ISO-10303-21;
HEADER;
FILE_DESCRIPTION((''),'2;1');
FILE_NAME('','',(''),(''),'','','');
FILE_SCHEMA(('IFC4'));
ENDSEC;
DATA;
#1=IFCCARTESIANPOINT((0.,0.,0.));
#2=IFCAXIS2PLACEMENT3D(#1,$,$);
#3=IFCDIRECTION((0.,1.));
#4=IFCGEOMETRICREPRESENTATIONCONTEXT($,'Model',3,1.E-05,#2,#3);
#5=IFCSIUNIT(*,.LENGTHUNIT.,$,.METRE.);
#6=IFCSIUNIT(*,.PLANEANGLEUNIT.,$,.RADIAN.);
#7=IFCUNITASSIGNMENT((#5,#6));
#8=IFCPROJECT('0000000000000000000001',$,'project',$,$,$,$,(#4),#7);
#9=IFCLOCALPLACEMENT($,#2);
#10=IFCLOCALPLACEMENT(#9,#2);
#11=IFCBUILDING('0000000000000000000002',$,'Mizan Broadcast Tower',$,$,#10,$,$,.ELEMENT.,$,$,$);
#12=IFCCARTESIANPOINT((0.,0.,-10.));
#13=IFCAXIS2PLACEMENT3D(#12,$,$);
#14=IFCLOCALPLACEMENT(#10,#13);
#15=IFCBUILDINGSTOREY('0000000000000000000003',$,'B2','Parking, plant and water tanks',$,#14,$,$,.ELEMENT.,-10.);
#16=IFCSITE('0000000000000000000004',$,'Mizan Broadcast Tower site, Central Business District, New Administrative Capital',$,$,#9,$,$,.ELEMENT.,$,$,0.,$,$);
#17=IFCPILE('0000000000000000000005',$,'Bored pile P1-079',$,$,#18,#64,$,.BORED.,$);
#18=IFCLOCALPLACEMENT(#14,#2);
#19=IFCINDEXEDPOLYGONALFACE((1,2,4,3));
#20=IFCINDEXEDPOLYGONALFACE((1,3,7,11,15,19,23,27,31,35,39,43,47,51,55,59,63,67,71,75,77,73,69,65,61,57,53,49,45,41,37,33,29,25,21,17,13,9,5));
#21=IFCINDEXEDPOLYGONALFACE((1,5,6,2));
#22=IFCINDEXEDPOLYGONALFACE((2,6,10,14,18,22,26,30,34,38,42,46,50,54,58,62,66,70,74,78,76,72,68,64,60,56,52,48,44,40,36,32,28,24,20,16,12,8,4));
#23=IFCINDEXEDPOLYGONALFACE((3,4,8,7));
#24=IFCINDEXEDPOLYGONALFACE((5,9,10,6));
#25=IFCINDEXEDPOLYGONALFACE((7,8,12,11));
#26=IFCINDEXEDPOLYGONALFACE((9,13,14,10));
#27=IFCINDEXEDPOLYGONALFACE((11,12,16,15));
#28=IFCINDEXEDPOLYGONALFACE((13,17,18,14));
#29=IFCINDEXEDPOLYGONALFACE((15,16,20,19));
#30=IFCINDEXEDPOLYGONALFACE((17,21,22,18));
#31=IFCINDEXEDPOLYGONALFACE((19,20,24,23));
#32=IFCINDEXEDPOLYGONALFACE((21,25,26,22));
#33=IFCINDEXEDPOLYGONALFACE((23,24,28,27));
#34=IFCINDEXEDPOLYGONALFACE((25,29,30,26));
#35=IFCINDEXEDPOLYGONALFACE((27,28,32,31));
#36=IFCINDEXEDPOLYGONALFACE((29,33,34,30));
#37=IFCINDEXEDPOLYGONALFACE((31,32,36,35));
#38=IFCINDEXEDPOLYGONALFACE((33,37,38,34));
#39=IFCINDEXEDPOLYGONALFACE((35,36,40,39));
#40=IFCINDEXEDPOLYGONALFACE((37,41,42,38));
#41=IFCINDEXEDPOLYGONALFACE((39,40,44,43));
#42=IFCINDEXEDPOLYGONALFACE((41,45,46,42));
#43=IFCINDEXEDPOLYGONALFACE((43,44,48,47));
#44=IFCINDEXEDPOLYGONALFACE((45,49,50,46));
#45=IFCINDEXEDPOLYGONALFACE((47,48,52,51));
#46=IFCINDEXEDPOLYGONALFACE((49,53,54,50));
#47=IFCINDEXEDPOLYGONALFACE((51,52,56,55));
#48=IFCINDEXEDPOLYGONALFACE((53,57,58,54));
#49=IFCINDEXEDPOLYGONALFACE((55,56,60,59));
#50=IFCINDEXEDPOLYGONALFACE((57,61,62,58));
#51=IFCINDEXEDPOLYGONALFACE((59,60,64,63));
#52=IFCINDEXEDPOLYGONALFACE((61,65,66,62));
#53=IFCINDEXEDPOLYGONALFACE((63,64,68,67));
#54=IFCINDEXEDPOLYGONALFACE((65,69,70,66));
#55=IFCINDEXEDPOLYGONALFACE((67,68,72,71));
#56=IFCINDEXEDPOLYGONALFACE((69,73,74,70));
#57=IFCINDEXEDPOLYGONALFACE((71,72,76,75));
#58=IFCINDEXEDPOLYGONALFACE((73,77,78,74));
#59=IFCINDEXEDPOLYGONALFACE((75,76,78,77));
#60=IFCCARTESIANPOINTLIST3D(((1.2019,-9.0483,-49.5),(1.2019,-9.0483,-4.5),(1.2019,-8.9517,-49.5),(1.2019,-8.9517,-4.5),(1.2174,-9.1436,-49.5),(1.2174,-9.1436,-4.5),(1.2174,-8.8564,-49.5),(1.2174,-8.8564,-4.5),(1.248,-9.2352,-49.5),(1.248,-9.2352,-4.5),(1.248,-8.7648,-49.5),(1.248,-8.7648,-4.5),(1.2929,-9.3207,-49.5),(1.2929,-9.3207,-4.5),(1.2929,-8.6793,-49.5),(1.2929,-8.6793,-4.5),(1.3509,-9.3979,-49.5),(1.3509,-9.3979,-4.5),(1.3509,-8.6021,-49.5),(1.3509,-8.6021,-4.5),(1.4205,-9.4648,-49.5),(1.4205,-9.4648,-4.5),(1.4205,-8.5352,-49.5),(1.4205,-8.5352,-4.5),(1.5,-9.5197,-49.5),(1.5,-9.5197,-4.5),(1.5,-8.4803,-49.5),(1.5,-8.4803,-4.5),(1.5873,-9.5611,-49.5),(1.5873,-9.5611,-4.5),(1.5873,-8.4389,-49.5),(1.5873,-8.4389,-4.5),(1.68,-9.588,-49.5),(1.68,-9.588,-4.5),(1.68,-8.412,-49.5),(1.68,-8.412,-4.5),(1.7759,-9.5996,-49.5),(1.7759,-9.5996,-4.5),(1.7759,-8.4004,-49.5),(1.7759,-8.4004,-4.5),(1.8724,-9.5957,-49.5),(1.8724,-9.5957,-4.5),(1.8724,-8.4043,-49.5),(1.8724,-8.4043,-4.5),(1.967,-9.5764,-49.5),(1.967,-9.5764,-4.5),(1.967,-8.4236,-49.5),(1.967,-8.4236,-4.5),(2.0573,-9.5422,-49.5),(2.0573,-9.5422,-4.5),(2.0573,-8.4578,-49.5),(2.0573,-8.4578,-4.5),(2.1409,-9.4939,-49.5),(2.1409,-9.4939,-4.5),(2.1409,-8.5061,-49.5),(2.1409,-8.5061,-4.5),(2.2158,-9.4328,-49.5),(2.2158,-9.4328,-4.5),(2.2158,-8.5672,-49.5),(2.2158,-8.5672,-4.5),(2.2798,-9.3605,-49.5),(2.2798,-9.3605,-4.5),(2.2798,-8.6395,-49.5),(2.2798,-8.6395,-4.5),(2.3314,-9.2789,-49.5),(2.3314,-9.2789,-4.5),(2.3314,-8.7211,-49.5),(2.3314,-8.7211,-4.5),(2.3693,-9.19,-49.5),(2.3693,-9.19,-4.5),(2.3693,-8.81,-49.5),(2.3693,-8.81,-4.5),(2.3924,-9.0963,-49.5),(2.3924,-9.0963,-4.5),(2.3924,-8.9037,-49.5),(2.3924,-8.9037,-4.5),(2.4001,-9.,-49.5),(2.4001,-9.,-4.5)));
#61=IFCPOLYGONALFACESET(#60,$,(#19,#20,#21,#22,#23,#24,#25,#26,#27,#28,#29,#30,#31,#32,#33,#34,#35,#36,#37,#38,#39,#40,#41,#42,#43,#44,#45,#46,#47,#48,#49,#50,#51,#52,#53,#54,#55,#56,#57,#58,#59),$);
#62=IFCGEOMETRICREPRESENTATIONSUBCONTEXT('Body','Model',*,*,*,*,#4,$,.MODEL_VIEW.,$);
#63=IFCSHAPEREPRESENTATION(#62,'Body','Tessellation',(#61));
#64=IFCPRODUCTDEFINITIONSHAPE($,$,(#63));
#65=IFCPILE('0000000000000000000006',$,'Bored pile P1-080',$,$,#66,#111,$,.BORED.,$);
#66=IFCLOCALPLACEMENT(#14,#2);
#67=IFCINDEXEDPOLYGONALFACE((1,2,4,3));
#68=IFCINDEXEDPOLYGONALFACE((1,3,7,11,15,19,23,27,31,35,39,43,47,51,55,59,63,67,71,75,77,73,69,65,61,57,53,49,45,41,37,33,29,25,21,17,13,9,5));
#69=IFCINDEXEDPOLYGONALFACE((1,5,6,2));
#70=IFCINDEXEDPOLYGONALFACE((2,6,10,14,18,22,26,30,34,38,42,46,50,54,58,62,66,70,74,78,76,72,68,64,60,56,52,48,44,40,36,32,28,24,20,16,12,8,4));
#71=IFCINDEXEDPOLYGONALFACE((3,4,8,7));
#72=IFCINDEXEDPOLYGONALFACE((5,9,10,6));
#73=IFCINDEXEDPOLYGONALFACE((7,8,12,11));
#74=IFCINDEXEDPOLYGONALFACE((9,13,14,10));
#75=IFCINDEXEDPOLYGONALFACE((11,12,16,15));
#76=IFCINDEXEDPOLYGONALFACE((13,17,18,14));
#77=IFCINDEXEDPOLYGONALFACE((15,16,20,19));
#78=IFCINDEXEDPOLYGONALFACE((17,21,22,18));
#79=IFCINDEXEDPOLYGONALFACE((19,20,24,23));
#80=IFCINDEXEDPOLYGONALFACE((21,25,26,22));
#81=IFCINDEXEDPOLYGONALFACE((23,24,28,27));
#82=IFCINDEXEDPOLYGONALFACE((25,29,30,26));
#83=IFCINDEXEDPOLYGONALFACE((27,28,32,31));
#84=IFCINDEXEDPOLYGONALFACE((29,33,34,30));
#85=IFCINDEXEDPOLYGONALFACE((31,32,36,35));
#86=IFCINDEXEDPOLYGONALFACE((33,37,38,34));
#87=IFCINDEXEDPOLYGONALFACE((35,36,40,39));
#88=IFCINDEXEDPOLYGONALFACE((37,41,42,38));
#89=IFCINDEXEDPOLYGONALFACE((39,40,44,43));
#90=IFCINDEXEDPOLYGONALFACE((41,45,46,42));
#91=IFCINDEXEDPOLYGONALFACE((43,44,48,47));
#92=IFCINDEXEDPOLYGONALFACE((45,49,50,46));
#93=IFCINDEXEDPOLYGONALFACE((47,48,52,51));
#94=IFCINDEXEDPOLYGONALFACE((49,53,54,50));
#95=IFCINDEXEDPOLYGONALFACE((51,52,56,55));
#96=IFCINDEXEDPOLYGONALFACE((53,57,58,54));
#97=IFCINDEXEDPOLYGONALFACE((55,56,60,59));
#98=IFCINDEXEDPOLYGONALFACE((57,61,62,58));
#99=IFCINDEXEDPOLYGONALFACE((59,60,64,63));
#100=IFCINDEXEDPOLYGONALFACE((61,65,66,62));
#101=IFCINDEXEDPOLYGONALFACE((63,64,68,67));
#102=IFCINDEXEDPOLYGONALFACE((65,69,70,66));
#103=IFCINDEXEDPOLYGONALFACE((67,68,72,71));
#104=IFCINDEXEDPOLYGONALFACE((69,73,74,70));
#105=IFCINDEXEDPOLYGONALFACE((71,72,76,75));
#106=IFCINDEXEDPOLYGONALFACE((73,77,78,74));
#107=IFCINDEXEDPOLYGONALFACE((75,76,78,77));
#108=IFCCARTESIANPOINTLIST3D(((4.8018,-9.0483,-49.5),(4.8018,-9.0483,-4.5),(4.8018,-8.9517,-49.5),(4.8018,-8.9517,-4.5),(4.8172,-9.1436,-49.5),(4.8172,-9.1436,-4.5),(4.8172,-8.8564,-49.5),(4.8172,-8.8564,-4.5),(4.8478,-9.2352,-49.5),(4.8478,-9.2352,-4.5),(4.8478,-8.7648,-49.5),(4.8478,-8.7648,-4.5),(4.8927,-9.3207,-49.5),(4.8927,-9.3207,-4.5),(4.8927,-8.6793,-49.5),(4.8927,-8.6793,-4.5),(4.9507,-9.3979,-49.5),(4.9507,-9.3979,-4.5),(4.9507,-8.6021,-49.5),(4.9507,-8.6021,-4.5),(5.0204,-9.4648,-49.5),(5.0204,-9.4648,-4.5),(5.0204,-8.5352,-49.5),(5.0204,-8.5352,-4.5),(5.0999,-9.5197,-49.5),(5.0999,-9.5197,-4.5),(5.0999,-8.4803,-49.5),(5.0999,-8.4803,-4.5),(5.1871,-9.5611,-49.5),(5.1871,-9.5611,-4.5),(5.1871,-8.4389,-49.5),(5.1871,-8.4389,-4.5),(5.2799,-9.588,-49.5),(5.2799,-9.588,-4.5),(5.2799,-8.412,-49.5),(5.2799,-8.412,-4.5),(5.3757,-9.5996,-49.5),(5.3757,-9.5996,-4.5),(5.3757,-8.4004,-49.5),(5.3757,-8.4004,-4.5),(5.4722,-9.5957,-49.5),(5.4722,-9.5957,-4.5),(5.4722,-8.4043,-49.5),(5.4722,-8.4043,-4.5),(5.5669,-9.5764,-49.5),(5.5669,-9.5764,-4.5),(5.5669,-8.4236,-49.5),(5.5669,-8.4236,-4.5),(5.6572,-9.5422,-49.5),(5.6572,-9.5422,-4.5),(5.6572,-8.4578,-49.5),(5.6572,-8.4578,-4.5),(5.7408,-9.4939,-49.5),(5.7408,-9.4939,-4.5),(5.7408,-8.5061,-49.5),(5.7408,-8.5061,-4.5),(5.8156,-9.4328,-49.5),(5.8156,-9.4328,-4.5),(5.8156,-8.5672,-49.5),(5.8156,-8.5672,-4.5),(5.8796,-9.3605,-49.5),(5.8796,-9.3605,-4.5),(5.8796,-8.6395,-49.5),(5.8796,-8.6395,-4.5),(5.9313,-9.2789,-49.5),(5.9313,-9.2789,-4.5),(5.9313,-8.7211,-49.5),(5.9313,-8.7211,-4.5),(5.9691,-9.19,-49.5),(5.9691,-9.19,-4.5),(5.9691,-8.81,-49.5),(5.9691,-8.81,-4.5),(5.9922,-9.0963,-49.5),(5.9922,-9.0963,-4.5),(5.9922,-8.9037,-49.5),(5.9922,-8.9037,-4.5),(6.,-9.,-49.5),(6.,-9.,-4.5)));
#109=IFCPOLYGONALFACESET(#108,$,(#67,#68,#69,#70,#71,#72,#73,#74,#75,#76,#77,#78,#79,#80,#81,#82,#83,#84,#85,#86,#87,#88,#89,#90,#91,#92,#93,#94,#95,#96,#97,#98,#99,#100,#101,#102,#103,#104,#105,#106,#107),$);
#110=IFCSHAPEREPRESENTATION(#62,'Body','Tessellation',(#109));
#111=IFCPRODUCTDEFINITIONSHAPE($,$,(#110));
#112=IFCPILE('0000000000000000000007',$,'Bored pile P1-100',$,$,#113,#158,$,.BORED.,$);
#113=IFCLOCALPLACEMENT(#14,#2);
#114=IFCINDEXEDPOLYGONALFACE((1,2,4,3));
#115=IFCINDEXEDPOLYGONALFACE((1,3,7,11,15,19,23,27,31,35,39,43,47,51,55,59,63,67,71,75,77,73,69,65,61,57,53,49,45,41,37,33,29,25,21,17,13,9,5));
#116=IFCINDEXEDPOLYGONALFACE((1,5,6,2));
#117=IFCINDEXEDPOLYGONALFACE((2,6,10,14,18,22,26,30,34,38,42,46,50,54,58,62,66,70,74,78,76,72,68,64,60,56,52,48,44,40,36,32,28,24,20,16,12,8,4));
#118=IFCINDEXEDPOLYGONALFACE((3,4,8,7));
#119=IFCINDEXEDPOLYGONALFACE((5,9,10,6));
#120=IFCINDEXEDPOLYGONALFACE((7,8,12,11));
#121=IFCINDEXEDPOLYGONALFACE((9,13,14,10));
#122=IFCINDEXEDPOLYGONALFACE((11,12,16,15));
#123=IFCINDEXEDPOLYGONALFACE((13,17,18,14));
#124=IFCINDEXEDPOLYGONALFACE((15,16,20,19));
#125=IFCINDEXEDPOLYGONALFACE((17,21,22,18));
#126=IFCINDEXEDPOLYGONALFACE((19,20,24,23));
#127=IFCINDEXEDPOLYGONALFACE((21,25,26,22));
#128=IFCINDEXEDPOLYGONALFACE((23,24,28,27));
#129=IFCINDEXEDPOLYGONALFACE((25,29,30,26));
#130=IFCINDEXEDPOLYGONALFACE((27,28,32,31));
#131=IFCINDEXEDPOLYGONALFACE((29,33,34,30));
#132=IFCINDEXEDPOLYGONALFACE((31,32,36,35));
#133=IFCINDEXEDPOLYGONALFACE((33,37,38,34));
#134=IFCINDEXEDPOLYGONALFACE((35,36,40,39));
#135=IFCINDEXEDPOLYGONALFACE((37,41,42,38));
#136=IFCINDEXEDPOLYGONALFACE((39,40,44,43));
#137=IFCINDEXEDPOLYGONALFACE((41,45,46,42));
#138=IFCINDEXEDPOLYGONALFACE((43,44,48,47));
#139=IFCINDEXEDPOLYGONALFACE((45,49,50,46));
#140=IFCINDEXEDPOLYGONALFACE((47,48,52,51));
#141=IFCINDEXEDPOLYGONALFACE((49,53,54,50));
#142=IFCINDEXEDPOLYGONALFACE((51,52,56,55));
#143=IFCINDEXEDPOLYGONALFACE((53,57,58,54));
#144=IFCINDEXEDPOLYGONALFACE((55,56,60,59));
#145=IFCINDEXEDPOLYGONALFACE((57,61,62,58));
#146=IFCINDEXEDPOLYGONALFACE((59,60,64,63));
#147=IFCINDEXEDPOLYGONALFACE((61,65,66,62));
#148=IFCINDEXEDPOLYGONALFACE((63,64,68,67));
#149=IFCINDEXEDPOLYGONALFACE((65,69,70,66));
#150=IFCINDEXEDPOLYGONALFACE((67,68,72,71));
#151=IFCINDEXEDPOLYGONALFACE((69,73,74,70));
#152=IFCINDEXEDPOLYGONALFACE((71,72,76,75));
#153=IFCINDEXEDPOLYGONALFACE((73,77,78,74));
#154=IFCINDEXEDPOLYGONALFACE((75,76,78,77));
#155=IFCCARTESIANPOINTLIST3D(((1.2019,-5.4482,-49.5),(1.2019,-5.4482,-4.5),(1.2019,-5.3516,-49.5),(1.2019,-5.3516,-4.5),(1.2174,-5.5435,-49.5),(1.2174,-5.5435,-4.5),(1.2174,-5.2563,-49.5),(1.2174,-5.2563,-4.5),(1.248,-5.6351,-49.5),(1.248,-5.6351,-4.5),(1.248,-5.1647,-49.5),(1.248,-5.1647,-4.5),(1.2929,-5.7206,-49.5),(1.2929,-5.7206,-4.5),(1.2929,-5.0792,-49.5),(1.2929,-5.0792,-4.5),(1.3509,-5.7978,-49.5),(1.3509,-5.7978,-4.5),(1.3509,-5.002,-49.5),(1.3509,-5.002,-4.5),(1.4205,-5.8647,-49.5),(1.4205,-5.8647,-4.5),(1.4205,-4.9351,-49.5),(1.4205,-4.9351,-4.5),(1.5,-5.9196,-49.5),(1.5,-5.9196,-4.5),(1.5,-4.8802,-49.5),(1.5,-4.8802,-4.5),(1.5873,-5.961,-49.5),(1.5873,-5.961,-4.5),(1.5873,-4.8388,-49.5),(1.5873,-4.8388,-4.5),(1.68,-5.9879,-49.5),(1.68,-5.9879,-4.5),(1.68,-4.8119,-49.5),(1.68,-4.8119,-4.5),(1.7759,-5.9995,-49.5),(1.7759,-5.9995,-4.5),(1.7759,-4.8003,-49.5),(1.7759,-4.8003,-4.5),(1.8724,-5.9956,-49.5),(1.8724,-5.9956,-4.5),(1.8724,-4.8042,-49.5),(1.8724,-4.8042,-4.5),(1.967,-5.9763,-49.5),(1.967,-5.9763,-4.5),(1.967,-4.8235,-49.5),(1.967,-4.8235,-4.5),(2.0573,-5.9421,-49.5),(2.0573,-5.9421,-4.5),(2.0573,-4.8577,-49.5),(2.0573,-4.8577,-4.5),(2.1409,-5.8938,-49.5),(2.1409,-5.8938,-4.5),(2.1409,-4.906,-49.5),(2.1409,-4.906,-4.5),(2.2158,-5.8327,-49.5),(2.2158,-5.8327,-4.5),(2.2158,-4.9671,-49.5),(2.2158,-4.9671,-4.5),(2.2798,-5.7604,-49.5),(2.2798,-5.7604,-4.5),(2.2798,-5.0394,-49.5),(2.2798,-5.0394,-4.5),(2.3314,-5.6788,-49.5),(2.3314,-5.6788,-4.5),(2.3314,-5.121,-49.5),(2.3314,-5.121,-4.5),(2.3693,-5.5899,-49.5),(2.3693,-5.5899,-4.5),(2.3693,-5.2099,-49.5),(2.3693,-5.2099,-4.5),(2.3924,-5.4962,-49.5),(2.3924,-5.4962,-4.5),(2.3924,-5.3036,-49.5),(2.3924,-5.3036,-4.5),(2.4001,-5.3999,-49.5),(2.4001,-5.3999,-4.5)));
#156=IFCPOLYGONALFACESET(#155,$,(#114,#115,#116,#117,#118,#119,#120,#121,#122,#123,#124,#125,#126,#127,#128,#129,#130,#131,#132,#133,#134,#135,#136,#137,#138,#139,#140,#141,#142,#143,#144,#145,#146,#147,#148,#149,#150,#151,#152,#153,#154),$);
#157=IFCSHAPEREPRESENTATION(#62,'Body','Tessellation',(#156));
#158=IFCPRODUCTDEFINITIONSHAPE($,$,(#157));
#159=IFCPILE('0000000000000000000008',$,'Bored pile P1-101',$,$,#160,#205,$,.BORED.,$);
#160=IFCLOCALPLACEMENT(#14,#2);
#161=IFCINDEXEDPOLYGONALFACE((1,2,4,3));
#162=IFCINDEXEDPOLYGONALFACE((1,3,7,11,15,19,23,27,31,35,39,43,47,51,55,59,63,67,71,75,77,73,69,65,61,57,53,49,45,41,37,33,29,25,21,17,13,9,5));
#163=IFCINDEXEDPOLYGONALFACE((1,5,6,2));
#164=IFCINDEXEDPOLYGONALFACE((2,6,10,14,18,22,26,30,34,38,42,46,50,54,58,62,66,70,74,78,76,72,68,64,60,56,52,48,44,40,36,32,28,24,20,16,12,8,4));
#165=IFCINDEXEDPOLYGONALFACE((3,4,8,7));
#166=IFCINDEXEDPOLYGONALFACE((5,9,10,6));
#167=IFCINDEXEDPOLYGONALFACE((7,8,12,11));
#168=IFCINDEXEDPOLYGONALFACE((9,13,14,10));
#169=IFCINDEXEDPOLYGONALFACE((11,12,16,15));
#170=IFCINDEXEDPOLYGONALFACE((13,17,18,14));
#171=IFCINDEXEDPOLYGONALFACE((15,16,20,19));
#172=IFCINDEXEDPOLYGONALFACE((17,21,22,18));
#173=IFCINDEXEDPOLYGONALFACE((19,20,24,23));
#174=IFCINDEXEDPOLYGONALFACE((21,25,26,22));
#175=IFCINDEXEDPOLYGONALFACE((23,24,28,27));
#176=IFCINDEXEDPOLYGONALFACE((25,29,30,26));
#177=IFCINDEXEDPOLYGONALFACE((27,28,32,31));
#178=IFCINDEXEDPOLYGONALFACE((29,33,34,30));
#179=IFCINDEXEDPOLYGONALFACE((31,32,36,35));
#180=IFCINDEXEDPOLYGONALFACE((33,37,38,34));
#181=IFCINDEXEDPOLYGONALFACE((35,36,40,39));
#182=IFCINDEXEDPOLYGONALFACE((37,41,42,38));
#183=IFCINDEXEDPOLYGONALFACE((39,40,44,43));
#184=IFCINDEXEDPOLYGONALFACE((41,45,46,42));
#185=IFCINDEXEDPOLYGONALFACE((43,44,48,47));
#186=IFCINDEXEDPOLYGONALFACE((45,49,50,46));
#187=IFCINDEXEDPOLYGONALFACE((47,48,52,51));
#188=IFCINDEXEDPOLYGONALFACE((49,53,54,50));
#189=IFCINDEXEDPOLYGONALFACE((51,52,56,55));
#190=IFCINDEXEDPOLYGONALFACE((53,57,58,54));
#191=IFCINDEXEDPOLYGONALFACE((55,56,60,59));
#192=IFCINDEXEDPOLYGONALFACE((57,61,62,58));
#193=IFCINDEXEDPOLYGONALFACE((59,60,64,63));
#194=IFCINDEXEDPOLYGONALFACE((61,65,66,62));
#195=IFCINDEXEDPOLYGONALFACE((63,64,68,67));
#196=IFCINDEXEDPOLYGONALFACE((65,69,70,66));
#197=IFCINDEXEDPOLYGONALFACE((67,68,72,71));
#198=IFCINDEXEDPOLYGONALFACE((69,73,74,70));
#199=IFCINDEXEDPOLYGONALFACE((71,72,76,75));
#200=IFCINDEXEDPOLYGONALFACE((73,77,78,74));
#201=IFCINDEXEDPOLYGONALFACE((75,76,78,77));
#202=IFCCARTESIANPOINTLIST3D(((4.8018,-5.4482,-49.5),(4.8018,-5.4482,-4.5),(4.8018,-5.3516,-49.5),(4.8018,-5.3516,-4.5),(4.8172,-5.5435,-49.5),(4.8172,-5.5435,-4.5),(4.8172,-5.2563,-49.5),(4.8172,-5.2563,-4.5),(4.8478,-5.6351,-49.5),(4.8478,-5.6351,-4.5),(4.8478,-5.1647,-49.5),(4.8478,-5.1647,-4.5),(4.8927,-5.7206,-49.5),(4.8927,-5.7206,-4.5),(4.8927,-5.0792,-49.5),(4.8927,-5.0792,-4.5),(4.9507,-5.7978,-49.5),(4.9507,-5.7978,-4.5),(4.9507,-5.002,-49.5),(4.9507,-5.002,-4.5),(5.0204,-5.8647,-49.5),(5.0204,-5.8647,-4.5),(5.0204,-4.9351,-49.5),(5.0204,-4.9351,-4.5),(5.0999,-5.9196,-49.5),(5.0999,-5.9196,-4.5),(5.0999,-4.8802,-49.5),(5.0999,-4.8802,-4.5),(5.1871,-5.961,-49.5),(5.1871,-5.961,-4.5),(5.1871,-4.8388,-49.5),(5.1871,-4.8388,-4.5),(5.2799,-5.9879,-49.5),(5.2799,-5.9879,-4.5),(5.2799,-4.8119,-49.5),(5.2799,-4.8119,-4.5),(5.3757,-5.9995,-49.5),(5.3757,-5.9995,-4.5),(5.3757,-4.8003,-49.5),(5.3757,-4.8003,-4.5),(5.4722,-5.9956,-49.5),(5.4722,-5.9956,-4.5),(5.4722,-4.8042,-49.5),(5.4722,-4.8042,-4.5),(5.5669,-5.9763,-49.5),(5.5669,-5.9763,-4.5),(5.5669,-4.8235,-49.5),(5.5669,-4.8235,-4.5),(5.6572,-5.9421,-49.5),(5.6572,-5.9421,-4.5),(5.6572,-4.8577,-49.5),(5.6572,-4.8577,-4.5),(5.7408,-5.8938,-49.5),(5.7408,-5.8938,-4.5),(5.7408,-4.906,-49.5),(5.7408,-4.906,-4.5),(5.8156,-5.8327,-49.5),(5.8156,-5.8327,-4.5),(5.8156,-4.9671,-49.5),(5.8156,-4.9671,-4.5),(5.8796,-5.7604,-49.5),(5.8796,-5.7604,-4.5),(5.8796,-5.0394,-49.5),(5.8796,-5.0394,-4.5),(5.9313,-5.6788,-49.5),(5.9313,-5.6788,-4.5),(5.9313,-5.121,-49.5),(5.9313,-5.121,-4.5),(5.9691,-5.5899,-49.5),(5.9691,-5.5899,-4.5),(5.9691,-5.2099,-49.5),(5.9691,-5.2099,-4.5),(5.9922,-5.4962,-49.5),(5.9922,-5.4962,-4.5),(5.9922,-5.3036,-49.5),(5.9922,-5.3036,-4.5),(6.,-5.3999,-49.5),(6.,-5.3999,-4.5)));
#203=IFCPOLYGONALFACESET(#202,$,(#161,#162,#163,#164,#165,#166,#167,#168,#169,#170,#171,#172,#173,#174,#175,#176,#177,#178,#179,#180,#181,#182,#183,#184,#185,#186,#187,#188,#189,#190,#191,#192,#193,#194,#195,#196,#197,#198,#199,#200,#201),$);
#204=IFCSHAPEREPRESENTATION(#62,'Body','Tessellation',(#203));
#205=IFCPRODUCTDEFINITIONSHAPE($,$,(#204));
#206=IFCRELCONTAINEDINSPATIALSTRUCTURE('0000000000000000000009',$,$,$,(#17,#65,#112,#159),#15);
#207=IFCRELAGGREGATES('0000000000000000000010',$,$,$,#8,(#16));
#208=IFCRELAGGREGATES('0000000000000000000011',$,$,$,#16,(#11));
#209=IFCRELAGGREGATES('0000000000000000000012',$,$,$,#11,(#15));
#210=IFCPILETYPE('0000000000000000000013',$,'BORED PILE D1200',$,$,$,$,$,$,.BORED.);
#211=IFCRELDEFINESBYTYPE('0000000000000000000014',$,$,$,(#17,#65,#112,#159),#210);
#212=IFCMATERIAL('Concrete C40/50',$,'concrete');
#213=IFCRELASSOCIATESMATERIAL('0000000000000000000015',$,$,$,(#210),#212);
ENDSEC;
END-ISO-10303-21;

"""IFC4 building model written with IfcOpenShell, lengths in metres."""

from ifc_helpers import new_model, si_unit, direction, frame, origin, origin_2d, place, context, subcontext, project, spatial, circle, extrude, material, material_profile, profile_set, type_object, element, save


model = new_model("IFC4")

# Units and contexts
model_context = context("Model", 3, precision=1e-05, world=origin(), true_north=direction((0.0, 1.0)))
body_context = subcontext(model_context, "Body", "Model", "MODEL_VIEW")
ifc_project = project(units=[si_unit("LENGTHUNIT", "METRE"), si_unit("PLANEANGLEUNIT", "RADIAN")], contexts=[model_context])

# Site, building, storey
site_placement = place(None, origin())
site = spatial("IfcSite", under=ifc_project, at=site_placement, Name="Mizan Broadcast Tower site, Central Business District, New Administrative Capital", CompositionType="ELEMENT", RefElevation=0.0)
building_placement = place(site_placement, origin())
building = spatial("IfcBuilding", under=site, at=building_placement, Name="Mizan Broadcast Tower", CompositionType="ELEMENT")
storey_placement = place(building_placement, frame((0.0, 0.0, -10.0)))
storey = spatial("IfcBuildingStorey", under=building, at=storey_placement, Name="B2", Description="Parking, plant and water tanks", CompositionType="ELEMENT", Elevation=-10.0)

# Piles
ifc_material_1 = material(Name="Concrete C40/50", Category="concrete")
ifc_material_profile = material_profile(ifc_material_1, circle(Radius=0.6001, at=origin_2d()), Name="D1200")
ifc_profile_set = profile_set([ifc_material_profile], Name="Concrete C40/50")
pile_type = type_object("IfcPileType", Name="BORED PILE D1200", PredefinedType="BORED", material=ifc_profile_set)
for number, where, z_axis, x_axis, name in (
    (1, (1.8, -9.0, -4.5), (0.0, 0.0, -1.0), (1.0, 0.0, 0.0), "Bored pile P1-079"),
    (2, (5.3999, -9.0, -4.5), (0.0, 0.0, -1.0), (1.0, 0.0, 0.0), "Bored pile P1-080"),
    (3, (1.8, -5.3999, -4.5), (0.0, 0.0, -1.0), (1.0, 0.0, 0.0), "Bored pile P1-100"),
    (4, (5.3999, -5.3999, -4.5), (0.0, 0.0, -1.0), (1.0, 0.0, 0.0), "Bored pile P1-101"),
):
    element("IfcPile", number, at=place(storey_placement, frame(where, z_axis=z_axis, x_axis=x_axis)), inside=storey, type_object=pile_type, Name=name, PredefinedType="BORED", context=body_context, shape_type="SweptSolid", body=[
        extrude(circle(Radius=0.6001, at=origin_2d()), origin(), (0.0, 0.0, 1.0), 45.0),
    ])

save(model, "model.ifc")
